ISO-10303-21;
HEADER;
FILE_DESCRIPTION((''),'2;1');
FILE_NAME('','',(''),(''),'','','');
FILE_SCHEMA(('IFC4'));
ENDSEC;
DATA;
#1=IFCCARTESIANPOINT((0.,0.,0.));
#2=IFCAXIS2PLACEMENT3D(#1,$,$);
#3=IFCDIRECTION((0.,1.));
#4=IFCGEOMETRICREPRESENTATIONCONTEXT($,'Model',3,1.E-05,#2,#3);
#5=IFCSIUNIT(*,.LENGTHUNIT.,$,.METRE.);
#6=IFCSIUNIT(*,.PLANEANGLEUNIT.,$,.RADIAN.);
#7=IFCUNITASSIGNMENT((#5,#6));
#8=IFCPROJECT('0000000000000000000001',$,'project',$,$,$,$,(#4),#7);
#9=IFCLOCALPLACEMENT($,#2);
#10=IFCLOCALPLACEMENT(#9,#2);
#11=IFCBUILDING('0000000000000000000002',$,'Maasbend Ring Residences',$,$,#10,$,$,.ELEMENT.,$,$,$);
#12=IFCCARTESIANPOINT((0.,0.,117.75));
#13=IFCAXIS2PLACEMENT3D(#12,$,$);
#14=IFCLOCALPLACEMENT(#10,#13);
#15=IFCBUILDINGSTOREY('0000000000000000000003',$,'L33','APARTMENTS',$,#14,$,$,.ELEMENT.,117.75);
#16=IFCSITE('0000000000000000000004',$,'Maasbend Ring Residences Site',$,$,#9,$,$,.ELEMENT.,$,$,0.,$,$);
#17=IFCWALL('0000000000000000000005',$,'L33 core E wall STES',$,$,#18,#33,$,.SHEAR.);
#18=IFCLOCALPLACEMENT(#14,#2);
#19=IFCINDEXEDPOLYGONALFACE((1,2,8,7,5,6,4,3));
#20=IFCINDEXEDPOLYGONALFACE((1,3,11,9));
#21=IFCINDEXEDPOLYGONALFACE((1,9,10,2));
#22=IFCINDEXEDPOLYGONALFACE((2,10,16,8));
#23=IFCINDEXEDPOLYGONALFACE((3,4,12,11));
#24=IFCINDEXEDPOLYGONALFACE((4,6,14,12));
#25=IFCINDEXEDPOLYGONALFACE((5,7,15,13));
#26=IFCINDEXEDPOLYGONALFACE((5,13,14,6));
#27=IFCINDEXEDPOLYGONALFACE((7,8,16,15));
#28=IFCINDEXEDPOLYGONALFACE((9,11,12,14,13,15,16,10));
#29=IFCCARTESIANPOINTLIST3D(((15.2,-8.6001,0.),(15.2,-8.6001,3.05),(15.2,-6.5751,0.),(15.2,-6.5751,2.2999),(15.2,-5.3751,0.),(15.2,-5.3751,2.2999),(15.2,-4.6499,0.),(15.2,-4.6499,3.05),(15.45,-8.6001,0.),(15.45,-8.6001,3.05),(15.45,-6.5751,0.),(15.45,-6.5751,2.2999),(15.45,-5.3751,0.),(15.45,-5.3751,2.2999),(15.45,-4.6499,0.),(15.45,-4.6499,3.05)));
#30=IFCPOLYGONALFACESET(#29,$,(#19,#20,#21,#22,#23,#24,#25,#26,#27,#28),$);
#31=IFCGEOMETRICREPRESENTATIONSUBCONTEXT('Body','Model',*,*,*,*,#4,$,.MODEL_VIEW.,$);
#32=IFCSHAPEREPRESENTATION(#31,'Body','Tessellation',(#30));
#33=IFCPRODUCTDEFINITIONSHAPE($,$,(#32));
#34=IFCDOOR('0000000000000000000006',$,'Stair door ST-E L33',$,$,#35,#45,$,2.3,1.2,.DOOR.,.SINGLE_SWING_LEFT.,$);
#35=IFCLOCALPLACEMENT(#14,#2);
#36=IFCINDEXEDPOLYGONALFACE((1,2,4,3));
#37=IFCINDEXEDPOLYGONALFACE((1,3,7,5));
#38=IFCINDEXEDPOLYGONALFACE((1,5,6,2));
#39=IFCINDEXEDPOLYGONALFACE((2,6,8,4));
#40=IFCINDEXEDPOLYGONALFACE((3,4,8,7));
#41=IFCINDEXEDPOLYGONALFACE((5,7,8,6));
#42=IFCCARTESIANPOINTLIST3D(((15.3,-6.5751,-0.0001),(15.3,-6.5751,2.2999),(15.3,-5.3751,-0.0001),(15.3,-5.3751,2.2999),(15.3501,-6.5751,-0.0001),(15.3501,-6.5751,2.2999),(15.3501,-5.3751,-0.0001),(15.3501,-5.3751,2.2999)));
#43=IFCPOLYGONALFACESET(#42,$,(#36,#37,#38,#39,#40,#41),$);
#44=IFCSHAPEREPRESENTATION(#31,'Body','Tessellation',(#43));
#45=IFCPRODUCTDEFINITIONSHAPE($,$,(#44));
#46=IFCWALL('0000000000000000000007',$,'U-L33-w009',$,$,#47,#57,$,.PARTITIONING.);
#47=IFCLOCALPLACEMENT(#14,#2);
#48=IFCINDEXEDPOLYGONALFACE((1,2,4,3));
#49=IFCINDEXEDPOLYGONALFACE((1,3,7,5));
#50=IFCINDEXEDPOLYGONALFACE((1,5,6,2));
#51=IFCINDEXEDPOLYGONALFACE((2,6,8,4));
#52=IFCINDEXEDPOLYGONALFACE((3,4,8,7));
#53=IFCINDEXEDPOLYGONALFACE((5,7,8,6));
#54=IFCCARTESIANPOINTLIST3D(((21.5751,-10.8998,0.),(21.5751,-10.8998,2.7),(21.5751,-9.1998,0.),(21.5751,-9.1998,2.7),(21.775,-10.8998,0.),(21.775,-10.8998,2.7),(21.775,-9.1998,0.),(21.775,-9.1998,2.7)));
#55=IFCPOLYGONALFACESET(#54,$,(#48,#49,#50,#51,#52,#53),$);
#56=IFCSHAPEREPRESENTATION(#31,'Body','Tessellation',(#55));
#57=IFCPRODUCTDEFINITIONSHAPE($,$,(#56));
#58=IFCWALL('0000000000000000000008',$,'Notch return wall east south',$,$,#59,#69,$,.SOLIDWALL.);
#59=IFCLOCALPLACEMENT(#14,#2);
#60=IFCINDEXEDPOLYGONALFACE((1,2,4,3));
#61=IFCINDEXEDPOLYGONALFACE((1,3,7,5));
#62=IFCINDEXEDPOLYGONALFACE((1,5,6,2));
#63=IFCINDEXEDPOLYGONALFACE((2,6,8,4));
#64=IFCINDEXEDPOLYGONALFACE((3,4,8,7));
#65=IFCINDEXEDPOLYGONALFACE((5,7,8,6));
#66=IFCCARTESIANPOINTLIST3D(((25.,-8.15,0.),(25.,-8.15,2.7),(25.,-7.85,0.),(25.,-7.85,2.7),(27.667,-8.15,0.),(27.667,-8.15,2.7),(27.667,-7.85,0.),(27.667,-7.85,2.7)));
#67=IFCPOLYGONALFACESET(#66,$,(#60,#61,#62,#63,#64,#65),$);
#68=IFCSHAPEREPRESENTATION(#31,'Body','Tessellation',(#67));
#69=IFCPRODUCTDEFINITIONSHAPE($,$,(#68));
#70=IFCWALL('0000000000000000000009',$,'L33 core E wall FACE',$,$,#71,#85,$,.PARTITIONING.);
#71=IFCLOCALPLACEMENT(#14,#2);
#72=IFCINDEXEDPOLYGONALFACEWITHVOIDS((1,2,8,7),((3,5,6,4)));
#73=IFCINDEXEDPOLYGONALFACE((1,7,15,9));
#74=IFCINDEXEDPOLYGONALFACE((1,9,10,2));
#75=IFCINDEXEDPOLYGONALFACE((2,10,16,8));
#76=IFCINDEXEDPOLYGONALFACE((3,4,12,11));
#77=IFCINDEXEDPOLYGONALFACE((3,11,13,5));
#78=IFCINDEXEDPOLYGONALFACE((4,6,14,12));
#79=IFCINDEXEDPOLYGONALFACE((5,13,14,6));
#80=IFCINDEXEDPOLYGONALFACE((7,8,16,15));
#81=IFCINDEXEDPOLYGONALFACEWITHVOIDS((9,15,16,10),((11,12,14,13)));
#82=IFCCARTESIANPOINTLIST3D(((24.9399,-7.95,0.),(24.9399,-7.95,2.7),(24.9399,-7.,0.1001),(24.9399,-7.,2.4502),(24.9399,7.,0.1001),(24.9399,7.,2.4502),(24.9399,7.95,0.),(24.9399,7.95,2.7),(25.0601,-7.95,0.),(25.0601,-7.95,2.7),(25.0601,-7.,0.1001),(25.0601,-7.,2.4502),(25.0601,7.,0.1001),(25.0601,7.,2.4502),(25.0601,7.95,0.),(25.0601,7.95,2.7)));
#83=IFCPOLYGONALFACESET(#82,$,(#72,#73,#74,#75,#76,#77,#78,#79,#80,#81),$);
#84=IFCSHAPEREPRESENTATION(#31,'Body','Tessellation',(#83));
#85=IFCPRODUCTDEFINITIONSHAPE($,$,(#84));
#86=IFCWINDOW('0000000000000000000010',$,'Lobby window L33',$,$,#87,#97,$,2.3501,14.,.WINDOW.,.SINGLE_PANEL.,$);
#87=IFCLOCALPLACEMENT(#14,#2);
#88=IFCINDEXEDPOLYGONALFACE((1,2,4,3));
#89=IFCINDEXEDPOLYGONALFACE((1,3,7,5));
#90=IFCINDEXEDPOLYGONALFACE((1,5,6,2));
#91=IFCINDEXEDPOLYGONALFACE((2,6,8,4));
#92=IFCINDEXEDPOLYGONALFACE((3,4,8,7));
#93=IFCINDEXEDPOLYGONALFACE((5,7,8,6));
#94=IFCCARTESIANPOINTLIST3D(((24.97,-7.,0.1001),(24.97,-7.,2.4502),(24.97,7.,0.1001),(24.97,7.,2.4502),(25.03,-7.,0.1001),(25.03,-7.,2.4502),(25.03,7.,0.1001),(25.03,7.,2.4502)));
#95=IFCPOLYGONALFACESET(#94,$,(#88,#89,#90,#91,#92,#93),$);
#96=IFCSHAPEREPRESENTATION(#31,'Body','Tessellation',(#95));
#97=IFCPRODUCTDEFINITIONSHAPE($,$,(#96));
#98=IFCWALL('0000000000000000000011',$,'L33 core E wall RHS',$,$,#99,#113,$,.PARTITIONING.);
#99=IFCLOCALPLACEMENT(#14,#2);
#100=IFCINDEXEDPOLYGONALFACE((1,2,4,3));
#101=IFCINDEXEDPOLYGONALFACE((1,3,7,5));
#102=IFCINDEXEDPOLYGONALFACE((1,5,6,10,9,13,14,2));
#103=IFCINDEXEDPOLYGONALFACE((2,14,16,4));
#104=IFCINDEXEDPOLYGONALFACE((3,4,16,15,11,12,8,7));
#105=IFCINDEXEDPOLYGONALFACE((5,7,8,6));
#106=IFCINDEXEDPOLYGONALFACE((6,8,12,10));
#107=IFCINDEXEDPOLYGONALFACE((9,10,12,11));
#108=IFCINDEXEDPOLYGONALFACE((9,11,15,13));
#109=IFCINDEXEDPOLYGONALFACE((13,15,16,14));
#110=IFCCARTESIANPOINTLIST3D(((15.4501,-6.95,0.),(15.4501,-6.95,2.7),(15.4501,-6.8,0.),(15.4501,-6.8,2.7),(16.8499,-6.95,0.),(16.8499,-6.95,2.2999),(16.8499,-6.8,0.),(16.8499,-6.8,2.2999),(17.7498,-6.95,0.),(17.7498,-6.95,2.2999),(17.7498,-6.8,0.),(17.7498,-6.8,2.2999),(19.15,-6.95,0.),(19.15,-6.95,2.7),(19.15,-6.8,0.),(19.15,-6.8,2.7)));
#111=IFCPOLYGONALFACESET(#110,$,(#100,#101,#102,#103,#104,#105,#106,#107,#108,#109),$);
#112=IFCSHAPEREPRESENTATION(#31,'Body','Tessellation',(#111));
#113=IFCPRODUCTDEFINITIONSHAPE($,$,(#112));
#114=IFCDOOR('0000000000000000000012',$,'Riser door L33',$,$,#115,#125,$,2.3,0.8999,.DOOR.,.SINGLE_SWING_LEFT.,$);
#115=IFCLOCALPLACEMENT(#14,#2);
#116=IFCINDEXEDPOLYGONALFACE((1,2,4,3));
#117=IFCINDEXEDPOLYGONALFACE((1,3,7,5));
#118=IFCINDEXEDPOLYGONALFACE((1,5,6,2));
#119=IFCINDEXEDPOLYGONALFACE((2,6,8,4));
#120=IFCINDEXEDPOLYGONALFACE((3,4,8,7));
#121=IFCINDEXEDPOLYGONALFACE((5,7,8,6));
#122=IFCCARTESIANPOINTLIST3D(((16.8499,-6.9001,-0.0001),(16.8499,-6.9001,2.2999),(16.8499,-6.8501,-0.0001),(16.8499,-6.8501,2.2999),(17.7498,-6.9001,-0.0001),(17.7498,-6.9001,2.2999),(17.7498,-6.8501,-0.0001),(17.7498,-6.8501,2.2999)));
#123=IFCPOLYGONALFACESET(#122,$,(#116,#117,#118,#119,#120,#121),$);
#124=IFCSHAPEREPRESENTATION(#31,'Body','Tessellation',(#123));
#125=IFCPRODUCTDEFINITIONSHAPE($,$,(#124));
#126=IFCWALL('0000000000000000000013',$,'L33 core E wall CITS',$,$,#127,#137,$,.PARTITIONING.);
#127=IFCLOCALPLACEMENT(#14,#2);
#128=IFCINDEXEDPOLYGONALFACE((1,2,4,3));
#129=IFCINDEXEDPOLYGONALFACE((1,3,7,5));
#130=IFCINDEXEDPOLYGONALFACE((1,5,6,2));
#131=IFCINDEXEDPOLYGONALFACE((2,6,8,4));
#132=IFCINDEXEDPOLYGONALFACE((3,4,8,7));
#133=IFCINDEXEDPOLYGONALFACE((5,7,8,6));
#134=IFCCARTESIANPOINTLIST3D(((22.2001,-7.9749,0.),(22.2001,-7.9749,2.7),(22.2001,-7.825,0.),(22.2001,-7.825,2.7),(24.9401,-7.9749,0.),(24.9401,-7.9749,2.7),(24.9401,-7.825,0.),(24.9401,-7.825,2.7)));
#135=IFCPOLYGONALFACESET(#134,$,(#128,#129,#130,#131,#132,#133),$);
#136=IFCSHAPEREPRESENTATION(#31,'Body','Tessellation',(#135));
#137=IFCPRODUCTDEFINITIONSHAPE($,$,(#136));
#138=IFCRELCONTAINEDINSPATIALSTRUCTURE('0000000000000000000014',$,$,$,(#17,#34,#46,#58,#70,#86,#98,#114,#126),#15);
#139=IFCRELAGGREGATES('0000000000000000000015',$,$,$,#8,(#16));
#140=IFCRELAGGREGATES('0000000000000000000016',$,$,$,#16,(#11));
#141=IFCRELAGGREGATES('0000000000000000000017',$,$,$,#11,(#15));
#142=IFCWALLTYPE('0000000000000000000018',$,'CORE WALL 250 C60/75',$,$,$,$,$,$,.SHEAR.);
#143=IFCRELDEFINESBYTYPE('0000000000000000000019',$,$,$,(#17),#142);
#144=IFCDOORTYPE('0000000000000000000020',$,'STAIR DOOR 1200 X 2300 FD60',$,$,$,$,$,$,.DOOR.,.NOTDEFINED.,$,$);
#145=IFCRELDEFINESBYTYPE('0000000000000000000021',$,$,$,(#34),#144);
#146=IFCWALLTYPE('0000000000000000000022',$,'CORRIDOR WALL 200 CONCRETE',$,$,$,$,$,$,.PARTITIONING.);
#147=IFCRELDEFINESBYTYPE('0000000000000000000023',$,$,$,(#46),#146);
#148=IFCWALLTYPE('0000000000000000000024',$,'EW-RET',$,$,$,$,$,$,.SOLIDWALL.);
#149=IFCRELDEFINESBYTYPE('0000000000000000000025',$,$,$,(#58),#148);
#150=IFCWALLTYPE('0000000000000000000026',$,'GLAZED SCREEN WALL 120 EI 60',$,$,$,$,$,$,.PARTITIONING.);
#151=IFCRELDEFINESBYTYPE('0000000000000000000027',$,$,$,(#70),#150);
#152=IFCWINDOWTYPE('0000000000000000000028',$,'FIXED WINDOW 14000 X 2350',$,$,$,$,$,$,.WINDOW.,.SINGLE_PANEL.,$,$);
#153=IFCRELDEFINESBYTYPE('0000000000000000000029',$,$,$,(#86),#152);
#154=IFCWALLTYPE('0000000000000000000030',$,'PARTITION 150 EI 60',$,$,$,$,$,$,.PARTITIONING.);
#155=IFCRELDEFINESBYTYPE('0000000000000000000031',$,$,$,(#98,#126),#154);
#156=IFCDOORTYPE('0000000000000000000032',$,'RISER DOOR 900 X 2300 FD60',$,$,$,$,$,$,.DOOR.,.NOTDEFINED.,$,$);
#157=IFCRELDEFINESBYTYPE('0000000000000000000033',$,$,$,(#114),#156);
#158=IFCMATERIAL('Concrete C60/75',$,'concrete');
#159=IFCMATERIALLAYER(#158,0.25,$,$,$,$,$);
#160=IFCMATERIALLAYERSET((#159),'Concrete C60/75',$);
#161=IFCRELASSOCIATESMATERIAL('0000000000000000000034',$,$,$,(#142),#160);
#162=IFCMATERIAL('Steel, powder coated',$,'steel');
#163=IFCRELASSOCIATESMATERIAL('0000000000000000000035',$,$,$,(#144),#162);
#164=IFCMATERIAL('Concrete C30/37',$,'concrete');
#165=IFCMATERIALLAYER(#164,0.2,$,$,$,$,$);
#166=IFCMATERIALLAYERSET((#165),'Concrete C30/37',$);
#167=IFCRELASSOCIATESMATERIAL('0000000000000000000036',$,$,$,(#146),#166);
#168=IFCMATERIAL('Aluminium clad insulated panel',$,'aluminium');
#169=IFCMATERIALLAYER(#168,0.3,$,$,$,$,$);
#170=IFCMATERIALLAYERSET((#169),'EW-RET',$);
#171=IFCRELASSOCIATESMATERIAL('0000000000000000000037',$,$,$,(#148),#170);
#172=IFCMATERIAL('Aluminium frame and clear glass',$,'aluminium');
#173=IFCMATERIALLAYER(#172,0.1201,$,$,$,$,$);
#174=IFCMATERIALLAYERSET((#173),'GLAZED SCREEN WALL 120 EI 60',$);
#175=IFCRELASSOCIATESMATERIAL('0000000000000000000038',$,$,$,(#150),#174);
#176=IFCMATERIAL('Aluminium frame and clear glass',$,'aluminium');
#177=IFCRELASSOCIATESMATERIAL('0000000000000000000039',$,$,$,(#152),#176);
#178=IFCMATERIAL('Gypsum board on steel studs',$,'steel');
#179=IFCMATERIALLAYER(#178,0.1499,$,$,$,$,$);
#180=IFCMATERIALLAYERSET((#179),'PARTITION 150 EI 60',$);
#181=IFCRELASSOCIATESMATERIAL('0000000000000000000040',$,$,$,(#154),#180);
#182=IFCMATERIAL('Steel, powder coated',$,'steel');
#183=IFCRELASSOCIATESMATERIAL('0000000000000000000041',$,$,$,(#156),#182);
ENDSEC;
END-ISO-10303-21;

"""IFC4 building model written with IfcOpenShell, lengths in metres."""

from ifc_helpers import new_model, si_unit, direction, frame, frame_2d, origin, place, context, subcontext, project, spatial, rectangle, extrude, material, layer, layer_set, type_object, element, fill, save


model = new_model("IFC4")

# Units and contexts
model_context = context("Model", 3, precision=1e-05, world=origin(), true_north=direction((0.0, 1.0)))
body_context = subcontext(model_context, "Body", "Model", "MODEL_VIEW")
ifc_project = project(units=[si_unit("LENGTHUNIT", "METRE"), si_unit("PLANEANGLEUNIT", "RADIAN")], contexts=[model_context])

# Site, building, storey
site_placement = place(None, origin())
site = spatial("IfcSite", under=ifc_project, at=site_placement, Name="Maasbend Ring Residences Site", CompositionType="ELEMENT", RefElevation=0.0)
building_placement = place(site_placement, origin())
building = spatial("IfcBuilding", under=site, at=building_placement, Name="Maasbend Ring Residences", CompositionType="ELEMENT")
storey_placement = place(building_placement, frame((0.0, 0.0, 117.75)))
storey = spatial("IfcBuildingStorey", under=building, at=storey_placement, Name="L33", Description="APARTMENTS", CompositionType="ELEMENT", Elevation=117.75)

# Shared definitions
ifc_material_1 = material(Name="Concrete C60/75", Category="concrete")
ifc_layer_1 = layer(ifc_material_1, 0.25)
ifc_layer_set_1 = layer_set([ifc_layer_1], Name="Concrete C60/75")
wall_type_1 = type_object("IfcWallType", Name="CORE WALL 250 C60/75", PredefinedType="SHEAR", material=ifc_layer_set_1)

# Wall, opening, door
wall_1_placement = place(storey_placement, frame((15.325, -8.6001, 0.0), z_axis=(0.0, 0.0, 1.0), x_axis=(0.0, 1.0, 0.0)))
wall_1 = element("IfcWall", 1, at=wall_1_placement, inside=storey, type_object=wall_type_1, Name="L33 core E wall STES", PredefinedType="SHEAR", context=body_context, shape_type="SweptSolid", body=[
    extrude(rectangle(XDim=3.9502, YDim=0.25, at=frame_2d((1.9751, 0.0))), origin(), (0.0, 0.0, 1.0), 3.05),
])
opening_1_placement = place(wall_1_placement, frame((2.0249, 0.0, 0.0)))
opening_1 = element("IfcOpeningElement", 2, at=opening_1_placement, cuts=wall_1, PredefinedType="OPENING", context=body_context, shape_type="SweptSolid", body=[
    extrude(rectangle(XDim=1.2, YDim=2.3, at=frame_2d((0.6001, 1.1499))), frame((0.0, 0.135, 0.0), z_axis=(0.0, -1.0, 0.0), x_axis=(1.0, 0.0, 0.0)), (0.0, 0.0, 1.0), 0.27),
])
ifc_material_2 = material(Name="Steel, powder coated", Category="steel")
door_type_1 = type_object("IfcDoorType", Name="STAIR DOOR 1200 X 2300 FD60", OperationType="NOTDEFINED", PredefinedType="DOOR", material=ifc_material_2)
door_1_placement = place(opening_1_placement, origin())
door_1 = element("IfcDoor", 3, at=door_1_placement, inside=storey, type_object=door_type_1, Name="Stair door ST-E L33", OperationType="SINGLE_SWING_LEFT", OverallHeight=2.3, OverallWidth=1.2, PredefinedType="DOOR", context=body_context, shape_type="SweptSolid", body=[
    extrude(rectangle(XDim=1.2, YDim=2.3, at=frame_2d((0.6001, 1.1499))), frame((0.0, 0.0249, 0.0), z_axis=(0.0, -1.0, 0.0), x_axis=(1.0, 0.0, 0.0)), (0.0, 0.0, 1.0), 0.05),
])
fill(opening_1, door_1)

# Walls
ifc_material_3 = material(Name="Concrete C30/37", Category="concrete")
ifc_layer_2 = layer(ifc_material_3, 0.2)
ifc_layer_set_2 = layer_set([ifc_layer_2], Name="Concrete C30/37")
wall_type_2 = type_object("IfcWallType", Name="CORRIDOR WALL 200 CONCRETE", PredefinedType="PARTITIONING", material=ifc_layer_set_2)
wall_2_placement = place(storey_placement, frame((21.675, -10.8999, 0.0), z_axis=(0.0, 0.0, 1.0), x_axis=(0.0, 1.0, 0.0)))
element("IfcWall", 4, at=wall_2_placement, inside=storey, type_object=wall_type_2, Name="U-L33-w009", PredefinedType="PARTITIONING", context=body_context, shape_type="SweptSolid", body=[
    extrude(rectangle(XDim=1.7, YDim=0.2, at=frame_2d((0.8501, 0.0))), origin(), (0.0, 0.0, 1.0), 2.7),
])
ifc_material_4 = material(Name="Aluminium clad insulated panel", Category="aluminium")
ifc_layer_3 = layer(ifc_material_4, 0.3)
ifc_layer_set_3 = layer_set([ifc_layer_3], Name="EW-RET")
wall_type_3 = type_object("IfcWallType", Name="EW-RET", PredefinedType="SOLIDWALL", material=ifc_layer_set_3)
wall_3_placement = place(storey_placement, frame((25.0, -8.0, 0.0), z_axis=(0.0, 0.0, 1.0), x_axis=(1.0, 0.0, 0.0)))
element("IfcWall", 5, at=wall_3_placement, inside=storey, type_object=wall_type_3, Name="Notch return wall east south", PredefinedType="SOLIDWALL", context=body_context, shape_type="SweptSolid", body=[
    extrude(rectangle(XDim=2.667, YDim=0.3, at=frame_2d((1.3335, 0.0))), origin(), (0.0, 0.0, 1.0), 2.7),
])

# Wall, opening, window
ifc_material_5 = material(Name="Aluminium frame and clear glass", Category="aluminium")
ifc_layer_4 = layer(ifc_material_5, 0.1201)
ifc_layer_set_4 = layer_set([ifc_layer_4], Name="GLAZED SCREEN WALL 120 EI 60")
wall_type_4 = type_object("IfcWallType", Name="GLAZED SCREEN WALL 120 EI 60", PredefinedType="PARTITIONING", material=ifc_layer_set_4)
wall_4_placement = place(storey_placement, frame((25.0, -7.95, 0.0), z_axis=(0.0, 0.0, 1.0), x_axis=(0.0, 1.0, 0.0)))
wall_4 = element("IfcWall", 6, at=wall_4_placement, inside=storey, type_object=wall_type_4, Name="L33 core E wall FACE", PredefinedType="PARTITIONING", context=body_context, shape_type="SweptSolid", body=[
    extrude(rectangle(XDim=15.8999, YDim=0.1201, at=frame_2d((7.95, 0.0))), origin(), (0.0, 0.0, 1.0), 2.7),
])
opening_2_placement = place(wall_4_placement, frame((0.95, 0.0, 0.1001)))
opening_2 = element("IfcOpeningElement", 7, at=opening_2_placement, cuts=wall_4, PredefinedType="OPENING", context=body_context, shape_type="SweptSolid", body=[
    extrude(rectangle(XDim=14.0, YDim=2.3501, at=frame_2d((7.0, 1.175))), frame((0.0, 0.0701, 0.0), z_axis=(0.0, -1.0, 0.0), x_axis=(1.0, 0.0, 0.0)), (0.0, 0.0, 1.0), 0.1401),
])
ifc_material_6 = material(Name="Aluminium frame and clear glass", Category="aluminium")
window_type = type_object("IfcWindowType", Name="FIXED WINDOW 14000 X 2350", PartitioningType="SINGLE_PANEL", PredefinedType="WINDOW", material=ifc_material_6)
window_placement = place(opening_2_placement, origin())
window = element("IfcWindow", 8, at=window_placement, inside=storey, type_object=window_type, Name="Lobby window L33", OverallHeight=2.3501, OverallWidth=14.0, PartitioningType="SINGLE_PANEL", PredefinedType="WINDOW", context=body_context, shape_type="SweptSolid", body=[
    extrude(rectangle(XDim=14.0, YDim=2.3501, at=frame_2d((7.0, 1.175))), frame((0.0, 0.03, 0.0), z_axis=(0.0, -1.0, 0.0), x_axis=(1.0, 0.0, 0.0)), (0.0, 0.0, 1.0), 0.0601),
])
fill(opening_2, window)

# Wall, opening, door
ifc_material_7 = material(Name="Gypsum board on steel studs", Category="steel")
ifc_layer_5 = layer(ifc_material_7, 0.1499)
ifc_layer_set_5 = layer_set([ifc_layer_5], Name="PARTITION 150 EI 60")
wall_type_5 = type_object("IfcWallType", Name="PARTITION 150 EI 60", PredefinedType="PARTITIONING", material=ifc_layer_set_5)
wall_5_placement = place(storey_placement, frame((15.45, -6.875, 0.0), z_axis=(0.0, 0.0, 1.0), x_axis=(1.0, 0.0, 0.0)))
wall_5 = element("IfcWall", 9, at=wall_5_placement, inside=storey, type_object=wall_type_5, Name="L33 core E wall RHS", PredefinedType="PARTITIONING", context=body_context, shape_type="SweptSolid", body=[
    extrude(rectangle(XDim=3.7, YDim=0.1499, at=frame_2d((1.8501, 0.0))), origin(), (0.0, 0.0, 1.0), 2.7),
])
opening_3_placement = place(wall_5_placement, frame((1.3999, 0.0, 0.0)))
opening_3 = element("IfcOpeningElement", 10, at=opening_3_placement, cuts=wall_5, PredefinedType="OPENING", context=body_context, shape_type="SweptSolid", body=[
    extrude(rectangle(XDim=0.8999, YDim=2.3, at=frame_2d((0.45, 1.1499))), frame((0.0, 0.085, 0.0), z_axis=(0.0, -1.0, 0.0), x_axis=(1.0, 0.0, 0.0)), (0.0, 0.0, 1.0), 0.1699),
])
ifc_material_8 = material(Name="Steel, powder coated", Category="steel")
door_type_2 = type_object("IfcDoorType", Name="RISER DOOR 900 X 2300 FD60", OperationType="NOTDEFINED", PredefinedType="DOOR", material=ifc_material_8)
door_2_placement = place(opening_3_placement, origin())
door_2 = element("IfcDoor", 11, at=door_2_placement, inside=storey, type_object=door_type_2, Name="Riser door L33", OperationType="SINGLE_SWING_LEFT", OverallHeight=2.3, OverallWidth=0.8999, PredefinedType="DOOR", context=body_context, shape_type="SweptSolid", body=[
    extrude(rectangle(XDim=0.8999, YDim=2.3, at=frame_2d((0.45, 1.1499))), frame((0.0, 0.0249, 0.0), z_axis=(0.0, -1.0, 0.0), x_axis=(1.0, 0.0, 0.0)), (0.0, 0.0, 1.0), 0.05),
])
fill(opening_3, door_2)

# Wall
wall_6_placement = place(storey_placement, frame((22.2, -7.8999, 0.0), z_axis=(0.0, 0.0, 1.0), x_axis=(1.0, 0.0, 0.0)))
element("IfcWall", 12, at=wall_6_placement, inside=storey, type_object=wall_type_5, Name="L33 core E wall CITS", PredefinedType="PARTITIONING", context=body_context, shape_type="SweptSolid", body=[
    extrude(rectangle(XDim=2.74, YDim=0.1499, at=frame_2d((1.3701, 0.0))), origin(), (0.0, 0.0, 1.0), 2.7),
])

save(model, "model.ifc")
